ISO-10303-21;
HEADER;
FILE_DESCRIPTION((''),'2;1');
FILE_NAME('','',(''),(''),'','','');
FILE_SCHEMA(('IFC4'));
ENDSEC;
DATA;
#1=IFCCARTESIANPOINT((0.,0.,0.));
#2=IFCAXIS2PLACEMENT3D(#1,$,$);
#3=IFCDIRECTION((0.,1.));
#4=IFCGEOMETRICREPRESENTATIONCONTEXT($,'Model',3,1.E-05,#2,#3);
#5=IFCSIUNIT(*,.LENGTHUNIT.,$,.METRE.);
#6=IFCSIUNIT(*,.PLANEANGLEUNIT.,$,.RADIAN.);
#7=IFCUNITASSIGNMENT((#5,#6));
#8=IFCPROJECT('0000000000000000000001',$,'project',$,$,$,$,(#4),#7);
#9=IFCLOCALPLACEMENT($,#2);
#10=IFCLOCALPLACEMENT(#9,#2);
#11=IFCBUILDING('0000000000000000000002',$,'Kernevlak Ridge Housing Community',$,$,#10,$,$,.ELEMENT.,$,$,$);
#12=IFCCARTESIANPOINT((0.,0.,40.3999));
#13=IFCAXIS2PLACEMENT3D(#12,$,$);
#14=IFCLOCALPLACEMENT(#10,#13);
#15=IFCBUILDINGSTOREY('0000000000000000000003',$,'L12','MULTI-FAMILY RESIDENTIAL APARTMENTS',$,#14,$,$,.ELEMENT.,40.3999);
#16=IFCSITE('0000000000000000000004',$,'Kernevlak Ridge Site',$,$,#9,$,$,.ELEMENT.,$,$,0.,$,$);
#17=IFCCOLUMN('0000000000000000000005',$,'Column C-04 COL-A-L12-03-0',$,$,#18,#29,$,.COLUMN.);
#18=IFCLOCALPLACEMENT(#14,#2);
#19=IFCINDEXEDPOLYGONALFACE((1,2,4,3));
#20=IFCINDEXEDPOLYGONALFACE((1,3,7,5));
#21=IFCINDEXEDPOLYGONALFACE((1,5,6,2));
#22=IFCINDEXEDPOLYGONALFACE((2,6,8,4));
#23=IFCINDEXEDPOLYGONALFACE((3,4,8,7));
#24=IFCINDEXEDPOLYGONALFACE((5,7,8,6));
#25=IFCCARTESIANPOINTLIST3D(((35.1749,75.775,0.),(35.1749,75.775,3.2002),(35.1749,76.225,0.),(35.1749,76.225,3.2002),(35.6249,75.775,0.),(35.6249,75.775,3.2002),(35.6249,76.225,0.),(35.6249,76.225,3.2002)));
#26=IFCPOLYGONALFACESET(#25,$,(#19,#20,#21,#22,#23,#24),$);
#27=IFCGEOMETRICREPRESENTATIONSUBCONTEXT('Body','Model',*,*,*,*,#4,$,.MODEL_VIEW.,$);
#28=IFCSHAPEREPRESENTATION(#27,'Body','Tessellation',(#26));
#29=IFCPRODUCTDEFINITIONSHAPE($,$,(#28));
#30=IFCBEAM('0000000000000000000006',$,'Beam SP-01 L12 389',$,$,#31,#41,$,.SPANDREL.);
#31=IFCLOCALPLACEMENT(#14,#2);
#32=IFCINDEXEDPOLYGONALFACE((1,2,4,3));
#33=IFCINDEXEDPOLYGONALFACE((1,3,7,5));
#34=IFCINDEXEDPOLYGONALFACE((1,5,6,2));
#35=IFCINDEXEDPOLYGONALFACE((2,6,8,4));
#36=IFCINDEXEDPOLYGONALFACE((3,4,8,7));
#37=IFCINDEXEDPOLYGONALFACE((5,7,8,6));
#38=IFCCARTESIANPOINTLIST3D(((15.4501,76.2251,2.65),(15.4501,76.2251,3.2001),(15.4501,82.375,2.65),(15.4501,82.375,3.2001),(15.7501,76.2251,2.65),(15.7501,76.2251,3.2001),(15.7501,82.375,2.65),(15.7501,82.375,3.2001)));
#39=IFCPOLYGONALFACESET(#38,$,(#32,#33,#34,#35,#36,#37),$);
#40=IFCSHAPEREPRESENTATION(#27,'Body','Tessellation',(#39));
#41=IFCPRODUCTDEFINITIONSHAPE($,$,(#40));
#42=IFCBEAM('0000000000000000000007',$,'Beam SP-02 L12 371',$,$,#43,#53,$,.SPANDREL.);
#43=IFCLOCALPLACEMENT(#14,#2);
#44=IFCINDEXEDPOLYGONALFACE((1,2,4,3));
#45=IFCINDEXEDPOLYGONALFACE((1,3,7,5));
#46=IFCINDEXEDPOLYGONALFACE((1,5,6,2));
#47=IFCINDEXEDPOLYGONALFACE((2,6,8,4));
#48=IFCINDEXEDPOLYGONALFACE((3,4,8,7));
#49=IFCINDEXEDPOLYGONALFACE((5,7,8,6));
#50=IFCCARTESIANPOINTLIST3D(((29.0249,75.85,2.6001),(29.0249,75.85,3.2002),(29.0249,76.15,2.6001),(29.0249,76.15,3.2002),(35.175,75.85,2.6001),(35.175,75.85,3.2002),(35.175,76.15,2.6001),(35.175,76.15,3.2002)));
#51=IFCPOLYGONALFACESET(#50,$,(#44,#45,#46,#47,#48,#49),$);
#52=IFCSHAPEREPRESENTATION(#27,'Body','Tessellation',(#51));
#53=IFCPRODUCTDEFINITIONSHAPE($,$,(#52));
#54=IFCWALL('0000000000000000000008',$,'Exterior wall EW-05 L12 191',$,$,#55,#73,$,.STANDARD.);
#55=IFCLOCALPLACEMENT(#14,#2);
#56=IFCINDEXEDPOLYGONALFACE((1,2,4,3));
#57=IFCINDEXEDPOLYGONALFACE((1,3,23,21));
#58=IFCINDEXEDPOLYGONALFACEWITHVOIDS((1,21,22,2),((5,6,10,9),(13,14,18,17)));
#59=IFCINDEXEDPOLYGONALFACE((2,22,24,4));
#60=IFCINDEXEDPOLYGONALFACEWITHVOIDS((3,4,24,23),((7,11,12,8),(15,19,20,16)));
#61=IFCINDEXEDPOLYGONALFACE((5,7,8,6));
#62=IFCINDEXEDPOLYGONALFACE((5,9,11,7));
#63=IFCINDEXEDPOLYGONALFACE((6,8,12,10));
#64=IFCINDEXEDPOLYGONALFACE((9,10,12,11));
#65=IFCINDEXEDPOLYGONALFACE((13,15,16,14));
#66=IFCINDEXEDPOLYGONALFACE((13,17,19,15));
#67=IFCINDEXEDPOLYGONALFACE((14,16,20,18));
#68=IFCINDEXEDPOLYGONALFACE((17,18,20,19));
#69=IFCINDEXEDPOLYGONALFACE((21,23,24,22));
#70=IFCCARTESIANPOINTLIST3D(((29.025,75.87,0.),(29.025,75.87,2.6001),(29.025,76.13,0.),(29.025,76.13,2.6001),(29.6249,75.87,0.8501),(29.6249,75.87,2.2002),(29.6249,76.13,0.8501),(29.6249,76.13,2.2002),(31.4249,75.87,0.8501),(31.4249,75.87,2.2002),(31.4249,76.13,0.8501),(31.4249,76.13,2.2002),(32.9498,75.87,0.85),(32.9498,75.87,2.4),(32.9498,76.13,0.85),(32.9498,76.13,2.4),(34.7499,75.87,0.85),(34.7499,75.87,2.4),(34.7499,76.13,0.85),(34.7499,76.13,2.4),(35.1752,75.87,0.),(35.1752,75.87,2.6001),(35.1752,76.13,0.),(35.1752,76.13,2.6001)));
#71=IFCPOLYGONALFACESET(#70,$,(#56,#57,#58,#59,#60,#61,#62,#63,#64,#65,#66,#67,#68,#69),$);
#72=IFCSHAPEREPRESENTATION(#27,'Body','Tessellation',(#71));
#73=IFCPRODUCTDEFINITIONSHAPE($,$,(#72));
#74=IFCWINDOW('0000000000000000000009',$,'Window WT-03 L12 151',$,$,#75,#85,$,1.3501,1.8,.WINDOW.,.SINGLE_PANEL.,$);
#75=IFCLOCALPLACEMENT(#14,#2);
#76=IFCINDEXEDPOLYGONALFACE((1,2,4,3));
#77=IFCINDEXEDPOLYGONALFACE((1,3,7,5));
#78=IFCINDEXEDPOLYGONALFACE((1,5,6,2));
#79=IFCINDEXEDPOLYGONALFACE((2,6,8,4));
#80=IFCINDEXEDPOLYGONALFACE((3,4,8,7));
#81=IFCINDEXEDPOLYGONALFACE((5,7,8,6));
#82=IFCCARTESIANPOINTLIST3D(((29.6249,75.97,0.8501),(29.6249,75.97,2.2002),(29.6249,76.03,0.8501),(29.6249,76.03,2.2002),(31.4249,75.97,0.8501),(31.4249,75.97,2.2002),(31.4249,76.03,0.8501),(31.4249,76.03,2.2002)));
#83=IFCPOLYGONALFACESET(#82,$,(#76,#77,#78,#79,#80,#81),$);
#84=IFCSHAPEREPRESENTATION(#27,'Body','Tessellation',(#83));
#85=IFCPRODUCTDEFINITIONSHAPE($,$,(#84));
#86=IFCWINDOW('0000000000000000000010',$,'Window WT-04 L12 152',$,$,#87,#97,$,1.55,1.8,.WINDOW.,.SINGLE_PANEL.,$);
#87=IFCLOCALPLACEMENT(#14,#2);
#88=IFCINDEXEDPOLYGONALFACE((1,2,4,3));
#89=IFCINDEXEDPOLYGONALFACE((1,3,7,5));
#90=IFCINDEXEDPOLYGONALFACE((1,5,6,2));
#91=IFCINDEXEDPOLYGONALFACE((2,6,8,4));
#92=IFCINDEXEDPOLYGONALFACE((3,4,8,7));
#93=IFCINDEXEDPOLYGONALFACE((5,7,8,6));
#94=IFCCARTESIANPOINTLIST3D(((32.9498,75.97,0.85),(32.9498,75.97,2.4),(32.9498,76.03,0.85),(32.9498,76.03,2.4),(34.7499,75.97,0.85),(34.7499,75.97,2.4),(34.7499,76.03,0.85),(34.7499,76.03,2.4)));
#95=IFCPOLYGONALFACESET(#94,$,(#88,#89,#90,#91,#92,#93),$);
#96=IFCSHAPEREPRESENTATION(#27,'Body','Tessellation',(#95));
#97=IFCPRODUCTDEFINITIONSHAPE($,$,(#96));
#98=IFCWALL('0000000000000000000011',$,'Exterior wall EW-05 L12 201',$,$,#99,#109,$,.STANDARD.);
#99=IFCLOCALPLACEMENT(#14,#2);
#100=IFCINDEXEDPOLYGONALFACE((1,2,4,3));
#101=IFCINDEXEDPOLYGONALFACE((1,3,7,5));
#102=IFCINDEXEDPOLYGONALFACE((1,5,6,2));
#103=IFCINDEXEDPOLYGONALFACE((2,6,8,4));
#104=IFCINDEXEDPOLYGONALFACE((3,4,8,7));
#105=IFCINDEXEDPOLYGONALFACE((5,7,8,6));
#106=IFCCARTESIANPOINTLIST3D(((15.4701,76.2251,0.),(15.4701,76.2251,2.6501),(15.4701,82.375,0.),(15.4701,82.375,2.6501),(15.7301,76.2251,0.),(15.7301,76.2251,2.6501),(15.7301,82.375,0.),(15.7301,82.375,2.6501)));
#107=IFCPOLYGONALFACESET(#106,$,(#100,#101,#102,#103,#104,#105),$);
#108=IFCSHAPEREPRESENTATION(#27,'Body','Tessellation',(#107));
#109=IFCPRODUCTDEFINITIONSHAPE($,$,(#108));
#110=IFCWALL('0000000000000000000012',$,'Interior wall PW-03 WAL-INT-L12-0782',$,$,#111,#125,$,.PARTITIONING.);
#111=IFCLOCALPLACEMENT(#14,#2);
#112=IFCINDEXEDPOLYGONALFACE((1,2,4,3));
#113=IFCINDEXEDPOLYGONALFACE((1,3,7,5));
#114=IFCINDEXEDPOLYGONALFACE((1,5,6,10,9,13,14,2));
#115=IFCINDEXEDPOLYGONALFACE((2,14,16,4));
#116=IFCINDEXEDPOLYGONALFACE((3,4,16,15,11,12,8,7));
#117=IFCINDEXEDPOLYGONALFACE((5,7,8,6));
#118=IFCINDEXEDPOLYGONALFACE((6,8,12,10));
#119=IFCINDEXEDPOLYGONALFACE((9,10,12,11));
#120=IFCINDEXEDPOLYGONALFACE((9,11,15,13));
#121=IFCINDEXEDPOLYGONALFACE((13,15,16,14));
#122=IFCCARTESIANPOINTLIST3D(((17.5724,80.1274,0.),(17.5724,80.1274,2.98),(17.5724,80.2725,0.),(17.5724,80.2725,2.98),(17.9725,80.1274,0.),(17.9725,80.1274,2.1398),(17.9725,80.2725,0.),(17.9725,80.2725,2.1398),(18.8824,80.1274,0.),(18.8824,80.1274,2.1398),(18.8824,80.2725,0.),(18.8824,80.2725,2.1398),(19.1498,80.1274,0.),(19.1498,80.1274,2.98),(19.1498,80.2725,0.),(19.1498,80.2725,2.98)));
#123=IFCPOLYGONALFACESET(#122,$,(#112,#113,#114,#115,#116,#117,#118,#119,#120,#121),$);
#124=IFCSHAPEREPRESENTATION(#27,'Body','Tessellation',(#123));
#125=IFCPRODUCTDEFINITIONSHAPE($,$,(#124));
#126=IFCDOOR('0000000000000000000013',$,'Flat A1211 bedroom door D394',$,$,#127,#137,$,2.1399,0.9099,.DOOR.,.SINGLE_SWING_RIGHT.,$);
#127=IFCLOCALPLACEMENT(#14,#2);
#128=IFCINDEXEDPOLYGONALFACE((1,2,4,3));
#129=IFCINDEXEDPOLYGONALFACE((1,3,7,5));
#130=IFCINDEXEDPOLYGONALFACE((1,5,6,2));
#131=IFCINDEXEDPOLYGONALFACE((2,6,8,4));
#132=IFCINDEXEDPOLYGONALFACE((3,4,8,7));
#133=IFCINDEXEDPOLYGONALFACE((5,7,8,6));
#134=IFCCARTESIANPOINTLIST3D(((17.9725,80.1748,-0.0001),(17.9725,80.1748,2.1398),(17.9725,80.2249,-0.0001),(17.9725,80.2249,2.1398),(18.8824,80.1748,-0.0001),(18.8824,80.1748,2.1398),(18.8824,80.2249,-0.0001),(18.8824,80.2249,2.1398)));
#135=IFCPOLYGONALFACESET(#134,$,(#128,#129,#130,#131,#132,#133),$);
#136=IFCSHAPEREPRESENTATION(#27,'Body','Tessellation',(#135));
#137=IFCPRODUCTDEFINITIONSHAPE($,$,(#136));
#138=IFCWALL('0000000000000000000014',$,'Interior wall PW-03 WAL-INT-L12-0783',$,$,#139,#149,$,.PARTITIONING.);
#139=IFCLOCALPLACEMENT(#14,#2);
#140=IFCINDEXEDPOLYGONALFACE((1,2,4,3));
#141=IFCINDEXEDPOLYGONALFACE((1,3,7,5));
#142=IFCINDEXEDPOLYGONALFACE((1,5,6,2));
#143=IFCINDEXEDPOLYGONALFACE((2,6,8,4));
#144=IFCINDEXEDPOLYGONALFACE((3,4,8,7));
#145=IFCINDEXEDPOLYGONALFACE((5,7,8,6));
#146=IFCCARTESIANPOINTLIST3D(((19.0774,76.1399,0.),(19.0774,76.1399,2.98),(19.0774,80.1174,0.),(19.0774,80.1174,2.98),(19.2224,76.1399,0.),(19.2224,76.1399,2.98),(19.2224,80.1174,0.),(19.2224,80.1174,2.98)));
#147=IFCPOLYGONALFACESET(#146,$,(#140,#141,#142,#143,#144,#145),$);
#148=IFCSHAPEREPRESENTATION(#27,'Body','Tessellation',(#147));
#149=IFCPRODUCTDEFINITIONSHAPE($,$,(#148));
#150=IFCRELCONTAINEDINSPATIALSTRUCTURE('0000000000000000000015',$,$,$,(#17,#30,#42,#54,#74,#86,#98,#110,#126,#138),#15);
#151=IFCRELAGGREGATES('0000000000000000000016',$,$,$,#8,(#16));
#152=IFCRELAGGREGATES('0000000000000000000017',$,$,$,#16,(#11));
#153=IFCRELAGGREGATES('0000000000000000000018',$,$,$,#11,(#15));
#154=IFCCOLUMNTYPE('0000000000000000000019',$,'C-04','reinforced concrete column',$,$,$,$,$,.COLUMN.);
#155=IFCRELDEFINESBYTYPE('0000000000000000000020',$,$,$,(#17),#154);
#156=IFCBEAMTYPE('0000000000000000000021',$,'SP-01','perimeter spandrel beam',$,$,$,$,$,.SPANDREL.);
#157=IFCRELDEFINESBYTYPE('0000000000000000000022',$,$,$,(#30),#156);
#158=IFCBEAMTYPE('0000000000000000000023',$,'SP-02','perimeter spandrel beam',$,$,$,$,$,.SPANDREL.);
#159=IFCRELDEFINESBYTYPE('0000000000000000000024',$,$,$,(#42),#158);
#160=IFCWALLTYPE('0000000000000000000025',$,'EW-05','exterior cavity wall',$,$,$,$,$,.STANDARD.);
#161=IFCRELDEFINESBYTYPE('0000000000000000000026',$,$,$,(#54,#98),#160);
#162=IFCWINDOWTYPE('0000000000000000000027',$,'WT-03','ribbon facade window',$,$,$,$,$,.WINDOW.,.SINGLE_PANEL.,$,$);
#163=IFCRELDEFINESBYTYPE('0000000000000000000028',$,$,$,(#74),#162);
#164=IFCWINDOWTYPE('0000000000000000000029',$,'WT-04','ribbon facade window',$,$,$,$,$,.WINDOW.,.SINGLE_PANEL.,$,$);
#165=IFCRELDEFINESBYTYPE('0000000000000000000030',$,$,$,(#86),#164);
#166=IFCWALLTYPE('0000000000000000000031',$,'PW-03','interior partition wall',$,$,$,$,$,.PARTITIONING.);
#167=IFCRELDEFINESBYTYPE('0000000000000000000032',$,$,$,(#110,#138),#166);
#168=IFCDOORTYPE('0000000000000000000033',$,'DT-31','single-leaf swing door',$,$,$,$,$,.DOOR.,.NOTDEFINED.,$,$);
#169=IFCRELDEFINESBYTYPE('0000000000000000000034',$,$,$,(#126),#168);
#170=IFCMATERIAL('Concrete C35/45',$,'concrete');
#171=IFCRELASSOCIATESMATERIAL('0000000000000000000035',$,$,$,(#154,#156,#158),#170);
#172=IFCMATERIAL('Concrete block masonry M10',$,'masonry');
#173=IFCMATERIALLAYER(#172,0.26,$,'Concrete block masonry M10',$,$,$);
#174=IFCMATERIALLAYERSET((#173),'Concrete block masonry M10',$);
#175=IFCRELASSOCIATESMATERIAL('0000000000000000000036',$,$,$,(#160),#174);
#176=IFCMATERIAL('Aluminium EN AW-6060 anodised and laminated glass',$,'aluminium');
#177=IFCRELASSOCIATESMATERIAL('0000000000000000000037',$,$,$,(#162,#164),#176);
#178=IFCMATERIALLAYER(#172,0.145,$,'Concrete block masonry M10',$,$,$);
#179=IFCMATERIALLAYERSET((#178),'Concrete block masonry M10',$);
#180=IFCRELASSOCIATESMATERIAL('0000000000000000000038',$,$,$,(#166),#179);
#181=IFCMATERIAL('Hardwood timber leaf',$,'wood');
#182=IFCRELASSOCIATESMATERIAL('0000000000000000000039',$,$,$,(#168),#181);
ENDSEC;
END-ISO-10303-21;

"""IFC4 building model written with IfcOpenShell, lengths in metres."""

from ifc_helpers import new_model, si_unit, direction, frame, frame_2d, origin, origin_2d, place, context, subcontext, project, spatial, rectangle, extrude, material, layer, layer_set, material_profile, profile_set, type_object, element, fill, save


model = new_model("IFC4")

# Units and contexts
model_context = context("Model", 3, precision=1e-05, world=origin(), true_north=direction((0.0, 1.0)))
body_context = subcontext(model_context, "Body", "Model", "MODEL_VIEW")
ifc_project = project(units=[si_unit("LENGTHUNIT", "METRE"), si_unit("PLANEANGLEUNIT", "RADIAN")], contexts=[model_context])

# Site, building, storey
site_placement = place(None, origin())
site = spatial("IfcSite", under=ifc_project, at=site_placement, Name="Kernevlak Ridge Site", CompositionType="ELEMENT", RefElevation=0.0)
building_placement = place(site_placement, origin())
building = spatial("IfcBuilding", under=site, at=building_placement, Name="Kernevlak Ridge Housing Community", CompositionType="ELEMENT")
storey_placement = place(building_placement, frame((0.0, 0.0, 40.3999)))
storey = spatial("IfcBuildingStorey", under=building, at=storey_placement, Name="L12", Description="MULTI-FAMILY RESIDENTIAL APARTMENTS", CompositionType="ELEMENT", Elevation=40.3999)

# Column
ifc_material_1 = material(Name="Concrete C35/45", Category="concrete")
ifc_material_profile_1 = material_profile(ifc_material_1, rectangle(XDim=0.45, YDim=0.45, at=origin_2d()), Name="RC 450x450")
ifc_profile_set_1 = profile_set([ifc_material_profile_1], Name="Concrete C35/45")
column_type = type_object("IfcColumnType", Name="C-04", Description="reinforced concrete column", PredefinedType="COLUMN", material=ifc_profile_set_1)
column_placement = place(storey_placement, frame((35.3999, 76.0, 0.0), z_axis=(0.0, 0.0, 1.0), x_axis=(1.0, 0.0, 0.0)))
element("IfcColumn", 1, at=column_placement, inside=storey, type_object=column_type, Name="Column C-04 COL-A-L12-03-0", PredefinedType="COLUMN", context=body_context, shape_type="SweptSolid", body=[
    extrude(rectangle(XDim=0.45, YDim=0.45, at=origin_2d()), origin(), (0.0, 0.0, 1.0), 3.2002),
])

# Beams
ifc_material_profile_2 = material_profile(ifc_material_1, rectangle(XDim=0.3, YDim=0.55, at=origin_2d()), Name="RC 300x550")
ifc_profile_set_2 = profile_set([ifc_material_profile_2], Name="Concrete C35/45")
beam_type_1 = type_object("IfcBeamType", Name="SP-01", Description="perimeter spandrel beam", PredefinedType="SPANDREL", material=ifc_profile_set_2)
beam_1_placement = place(storey_placement, frame((15.6001, 76.2251, 2.925), z_axis=(0.0, 1.0, 0.0), x_axis=(-1.0, 0.0, 0.0)))
element("IfcBeam", 2, at=beam_1_placement, inside=storey, type_object=beam_type_1, Name="Beam SP-01 L12 389", PredefinedType="SPANDREL", context=body_context, shape_type="SweptSolid", body=[
    extrude(rectangle(XDim=0.3, YDim=0.55, at=origin_2d()), origin(), (0.0, 0.0, 1.0), 6.1499),
])
ifc_material_profile_3 = material_profile(ifc_material_1, rectangle(XDim=0.3, YDim=0.6001, at=origin_2d()), Name="RC 300x600")
ifc_profile_set_3 = profile_set([ifc_material_profile_3], Name="Concrete C35/45")
beam_type_2 = type_object("IfcBeamType", Name="SP-02", Description="perimeter spandrel beam", PredefinedType="SPANDREL", material=ifc_profile_set_3)
beam_2_placement = place(storey_placement, frame((29.0249, 76.0, 2.9001), z_axis=(1.0, 0.0, 0.0), x_axis=(0.0, 1.0, 0.0)))
element("IfcBeam", 3, at=beam_2_placement, inside=storey, type_object=beam_type_2, Name="Beam SP-02 L12 371", PredefinedType="SPANDREL", context=body_context, shape_type="SweptSolid", body=[
    extrude(rectangle(XDim=0.3, YDim=0.6001, at=origin_2d()), origin(), (0.0, 0.0, 1.0), 6.1501),
])

# Wall, openings, windows
ifc_material_2 = material(Name="Concrete block masonry M10", Category="masonry")
ifc_layer_1 = layer(ifc_material_2, 0.26, Name="Concrete block masonry M10")
ifc_layer_set_1 = layer_set([ifc_layer_1], Name="Concrete block masonry M10")
wall_type_1 = type_object("IfcWallType", Name="EW-05", Description="exterior cavity wall", PredefinedType="STANDARD", material=ifc_layer_set_1)
wall_1_placement = place(storey_placement, frame((29.0249, 76.0, 0.0), z_axis=(0.0, 0.0, 1.0), x_axis=(1.0, 0.0, 0.0)))
wall_1 = element("IfcWall", 4, at=wall_1_placement, inside=storey, type_object=wall_type_1, Name="Exterior wall EW-05 L12 191", PredefinedType="STANDARD", context=body_context, shape_type="SweptSolid", body=[
    extrude(rectangle(XDim=6.1501, YDim=0.26, at=frame_2d((3.0752, 0.0))), origin(), (0.0, 0.0, 1.0), 2.6001),
])
opening_1_placement = place(wall_1_placement, frame((0.6001, 0.0, 0.8501)))
opening_1 = element("IfcOpeningElement", 5, at=opening_1_placement, cuts=wall_1, PredefinedType="OPENING", context=body_context, shape_type="SweptSolid", body=[
    extrude(rectangle(XDim=1.8, YDim=1.3501, at=frame_2d((0.8999, 0.675))), frame((0.0, 0.1399, 0.0), z_axis=(0.0, -1.0, 0.0), x_axis=(1.0, 0.0, 0.0)), (0.0, 0.0, 1.0), 0.28),
])
opening_2_placement = place(wall_1_placement, frame((3.925, 0.0, 0.8501)))
opening_2 = element("IfcOpeningElement", 6, at=opening_2_placement, cuts=wall_1, PredefinedType="OPENING", context=body_context, shape_type="SweptSolid", body=[
    extrude(rectangle(XDim=1.8, YDim=1.55, at=frame_2d((0.8999, 0.7749))), frame((0.0, 0.1399, 0.0), z_axis=(0.0, -1.0, 0.0), x_axis=(1.0, 0.0, 0.0)), (0.0, 0.0, 1.0), 0.28),
])
ifc_material_3 = material(Name="Aluminium EN AW-6060 anodised and laminated glass", Category="aluminium")
window_type_1 = type_object("IfcWindowType", Name="WT-03", Description="ribbon facade window", PartitioningType="SINGLE_PANEL", PredefinedType="WINDOW", material=ifc_material_3)
window_1_placement = place(opening_1_placement, origin())
window_1 = element("IfcWindow", 7, at=window_1_placement, inside=storey, type_object=window_type_1, Name="Window WT-03 L12 151", OverallHeight=1.3501, OverallWidth=1.8, PartitioningType="SINGLE_PANEL", PredefinedType="WINDOW", context=body_context, shape_type="SweptSolid", body=[
    extrude(rectangle(XDim=1.8, YDim=1.3501, at=frame_2d((0.8999, 0.675))), frame((0.0, 0.03, 0.0), z_axis=(0.0, -1.0, 0.0), x_axis=(1.0, 0.0, 0.0)), (0.0, 0.0, 1.0), 0.0601),
])
fill(opening_1, window_1)
window_type_2 = type_object("IfcWindowType", Name="WT-04", Description="ribbon facade window", PartitioningType="SINGLE_PANEL", PredefinedType="WINDOW", material=ifc_material_3)
window_2_placement = place(opening_2_placement, origin())
window_2 = element("IfcWindow", 8, at=window_2_placement, inside=storey, type_object=window_type_2, Name="Window WT-04 L12 152", OverallHeight=1.55, OverallWidth=1.8, PartitioningType="SINGLE_PANEL", PredefinedType="WINDOW", context=body_context, shape_type="SweptSolid", body=[
    extrude(rectangle(XDim=1.8, YDim=1.55, at=frame_2d((0.8999, 0.7749))), frame((0.0, 0.03, 0.0), z_axis=(0.0, -1.0, 0.0), x_axis=(1.0, 0.0, 0.0)), (0.0, 0.0, 1.0), 0.0601),
])
fill(opening_2, window_2)

# Wall
wall_2_placement = place(storey_placement, frame((15.6001, 76.2251, 0.0), z_axis=(0.0, 0.0, 1.0), x_axis=(0.0, 1.0, 0.0)))
element("IfcWall", 9, at=wall_2_placement, inside=storey, type_object=wall_type_1, Name="Exterior wall EW-05 L12 201", PredefinedType="STANDARD", context=body_context, shape_type="SweptSolid", body=[
    extrude(rectangle(XDim=6.1499, YDim=0.26, at=frame_2d((3.075, 0.0))), origin(), (0.0, 0.0, 1.0), 2.6501),
])

# Wall, opening, door
ifc_layer_2 = layer(ifc_material_2, 0.145, Name="Concrete block masonry M10")
ifc_layer_set_2 = layer_set([ifc_layer_2], Name="Concrete block masonry M10")
wall_type_2 = type_object("IfcWallType", Name="PW-03", Description="interior partition wall", PredefinedType="PARTITIONING", material=ifc_layer_set_2)
wall_3_placement = place(storey_placement, frame((17.5725, 80.2, 0.0), z_axis=(0.0, 0.0, 1.0), x_axis=(1.0, 0.0, 0.0)))
wall_3 = element("IfcWall", 10, at=wall_3_placement, inside=storey, type_object=wall_type_2, Name="Interior wall PW-03 WAL-INT-L12-0782", PredefinedType="PARTITIONING", context=body_context, shape_type="SweptSolid", body=[
    extrude(rectangle(XDim=1.5774, YDim=0.145, at=frame_2d((0.7886, 0.0))), origin(), (0.0, 0.0, 1.0), 2.98),
])
opening_3_placement = place(wall_3_placement, frame((0.3999, 0.0, 0.0)))
opening_3 = element("IfcOpeningElement", 11, at=opening_3_placement, cuts=wall_3, PredefinedType="OPENING", context=body_context, shape_type="SweptSolid", body=[
    extrude(rectangle(XDim=0.9099, YDim=2.1399, at=frame_2d((0.4551, 1.0698))), frame((0.0, 0.0825, 0.0), z_axis=(0.0, -1.0, 0.0), x_axis=(1.0, 0.0, 0.0)), (0.0, 0.0, 1.0), 0.165),
])
ifc_material_4 = material(Name="Hardwood timber leaf", Category="wood")
door_type_1 = type_object("IfcDoorType", Name="DT-31", Description="single-leaf swing door", OperationType="NOTDEFINED", PredefinedType="DOOR", material=ifc_material_4)
door_1_placement = place(opening_3_placement, origin())
door_1 = element("IfcDoor", 12, at=door_1_placement, inside=storey, type_object=door_type_1, Name="Flat A1211 bedroom door D394", OperationType="SINGLE_SWING_RIGHT", OverallHeight=2.1399, OverallWidth=0.9099, PredefinedType="DOOR", context=body_context, shape_type="SweptSolid", body=[
    extrude(rectangle(XDim=0.9099, YDim=2.1399, at=frame_2d((0.4551, 1.0698))), frame((0.0, 0.0249, 0.0), z_axis=(0.0, -1.0, 0.0), x_axis=(1.0, 0.0, 0.0)), (0.0, 0.0, 1.0), 0.05),
])
fill(opening_3, door_1)

# Wall
wall_4_placement = place(storey_placement, frame((19.1499, 80.1174, 0.0), z_axis=(0.0, 0.0, 1.0), x_axis=(0.0, -1.0, 0.0)))
element("IfcWall", 13, at=wall_4_placement, inside=storey, type_object=wall_type_2, Name="Interior wall PW-03 WAL-INT-L12-0783", PredefinedType="PARTITIONING", context=body_context, shape_type="SweptSolid", body=[
    extrude(rectangle(XDim=3.9775, YDim=0.145, at=frame_2d((1.9888, 0.0))), origin(), (0.0, 0.0, 1.0), 2.98),
])

save(model, "model.ifc")
